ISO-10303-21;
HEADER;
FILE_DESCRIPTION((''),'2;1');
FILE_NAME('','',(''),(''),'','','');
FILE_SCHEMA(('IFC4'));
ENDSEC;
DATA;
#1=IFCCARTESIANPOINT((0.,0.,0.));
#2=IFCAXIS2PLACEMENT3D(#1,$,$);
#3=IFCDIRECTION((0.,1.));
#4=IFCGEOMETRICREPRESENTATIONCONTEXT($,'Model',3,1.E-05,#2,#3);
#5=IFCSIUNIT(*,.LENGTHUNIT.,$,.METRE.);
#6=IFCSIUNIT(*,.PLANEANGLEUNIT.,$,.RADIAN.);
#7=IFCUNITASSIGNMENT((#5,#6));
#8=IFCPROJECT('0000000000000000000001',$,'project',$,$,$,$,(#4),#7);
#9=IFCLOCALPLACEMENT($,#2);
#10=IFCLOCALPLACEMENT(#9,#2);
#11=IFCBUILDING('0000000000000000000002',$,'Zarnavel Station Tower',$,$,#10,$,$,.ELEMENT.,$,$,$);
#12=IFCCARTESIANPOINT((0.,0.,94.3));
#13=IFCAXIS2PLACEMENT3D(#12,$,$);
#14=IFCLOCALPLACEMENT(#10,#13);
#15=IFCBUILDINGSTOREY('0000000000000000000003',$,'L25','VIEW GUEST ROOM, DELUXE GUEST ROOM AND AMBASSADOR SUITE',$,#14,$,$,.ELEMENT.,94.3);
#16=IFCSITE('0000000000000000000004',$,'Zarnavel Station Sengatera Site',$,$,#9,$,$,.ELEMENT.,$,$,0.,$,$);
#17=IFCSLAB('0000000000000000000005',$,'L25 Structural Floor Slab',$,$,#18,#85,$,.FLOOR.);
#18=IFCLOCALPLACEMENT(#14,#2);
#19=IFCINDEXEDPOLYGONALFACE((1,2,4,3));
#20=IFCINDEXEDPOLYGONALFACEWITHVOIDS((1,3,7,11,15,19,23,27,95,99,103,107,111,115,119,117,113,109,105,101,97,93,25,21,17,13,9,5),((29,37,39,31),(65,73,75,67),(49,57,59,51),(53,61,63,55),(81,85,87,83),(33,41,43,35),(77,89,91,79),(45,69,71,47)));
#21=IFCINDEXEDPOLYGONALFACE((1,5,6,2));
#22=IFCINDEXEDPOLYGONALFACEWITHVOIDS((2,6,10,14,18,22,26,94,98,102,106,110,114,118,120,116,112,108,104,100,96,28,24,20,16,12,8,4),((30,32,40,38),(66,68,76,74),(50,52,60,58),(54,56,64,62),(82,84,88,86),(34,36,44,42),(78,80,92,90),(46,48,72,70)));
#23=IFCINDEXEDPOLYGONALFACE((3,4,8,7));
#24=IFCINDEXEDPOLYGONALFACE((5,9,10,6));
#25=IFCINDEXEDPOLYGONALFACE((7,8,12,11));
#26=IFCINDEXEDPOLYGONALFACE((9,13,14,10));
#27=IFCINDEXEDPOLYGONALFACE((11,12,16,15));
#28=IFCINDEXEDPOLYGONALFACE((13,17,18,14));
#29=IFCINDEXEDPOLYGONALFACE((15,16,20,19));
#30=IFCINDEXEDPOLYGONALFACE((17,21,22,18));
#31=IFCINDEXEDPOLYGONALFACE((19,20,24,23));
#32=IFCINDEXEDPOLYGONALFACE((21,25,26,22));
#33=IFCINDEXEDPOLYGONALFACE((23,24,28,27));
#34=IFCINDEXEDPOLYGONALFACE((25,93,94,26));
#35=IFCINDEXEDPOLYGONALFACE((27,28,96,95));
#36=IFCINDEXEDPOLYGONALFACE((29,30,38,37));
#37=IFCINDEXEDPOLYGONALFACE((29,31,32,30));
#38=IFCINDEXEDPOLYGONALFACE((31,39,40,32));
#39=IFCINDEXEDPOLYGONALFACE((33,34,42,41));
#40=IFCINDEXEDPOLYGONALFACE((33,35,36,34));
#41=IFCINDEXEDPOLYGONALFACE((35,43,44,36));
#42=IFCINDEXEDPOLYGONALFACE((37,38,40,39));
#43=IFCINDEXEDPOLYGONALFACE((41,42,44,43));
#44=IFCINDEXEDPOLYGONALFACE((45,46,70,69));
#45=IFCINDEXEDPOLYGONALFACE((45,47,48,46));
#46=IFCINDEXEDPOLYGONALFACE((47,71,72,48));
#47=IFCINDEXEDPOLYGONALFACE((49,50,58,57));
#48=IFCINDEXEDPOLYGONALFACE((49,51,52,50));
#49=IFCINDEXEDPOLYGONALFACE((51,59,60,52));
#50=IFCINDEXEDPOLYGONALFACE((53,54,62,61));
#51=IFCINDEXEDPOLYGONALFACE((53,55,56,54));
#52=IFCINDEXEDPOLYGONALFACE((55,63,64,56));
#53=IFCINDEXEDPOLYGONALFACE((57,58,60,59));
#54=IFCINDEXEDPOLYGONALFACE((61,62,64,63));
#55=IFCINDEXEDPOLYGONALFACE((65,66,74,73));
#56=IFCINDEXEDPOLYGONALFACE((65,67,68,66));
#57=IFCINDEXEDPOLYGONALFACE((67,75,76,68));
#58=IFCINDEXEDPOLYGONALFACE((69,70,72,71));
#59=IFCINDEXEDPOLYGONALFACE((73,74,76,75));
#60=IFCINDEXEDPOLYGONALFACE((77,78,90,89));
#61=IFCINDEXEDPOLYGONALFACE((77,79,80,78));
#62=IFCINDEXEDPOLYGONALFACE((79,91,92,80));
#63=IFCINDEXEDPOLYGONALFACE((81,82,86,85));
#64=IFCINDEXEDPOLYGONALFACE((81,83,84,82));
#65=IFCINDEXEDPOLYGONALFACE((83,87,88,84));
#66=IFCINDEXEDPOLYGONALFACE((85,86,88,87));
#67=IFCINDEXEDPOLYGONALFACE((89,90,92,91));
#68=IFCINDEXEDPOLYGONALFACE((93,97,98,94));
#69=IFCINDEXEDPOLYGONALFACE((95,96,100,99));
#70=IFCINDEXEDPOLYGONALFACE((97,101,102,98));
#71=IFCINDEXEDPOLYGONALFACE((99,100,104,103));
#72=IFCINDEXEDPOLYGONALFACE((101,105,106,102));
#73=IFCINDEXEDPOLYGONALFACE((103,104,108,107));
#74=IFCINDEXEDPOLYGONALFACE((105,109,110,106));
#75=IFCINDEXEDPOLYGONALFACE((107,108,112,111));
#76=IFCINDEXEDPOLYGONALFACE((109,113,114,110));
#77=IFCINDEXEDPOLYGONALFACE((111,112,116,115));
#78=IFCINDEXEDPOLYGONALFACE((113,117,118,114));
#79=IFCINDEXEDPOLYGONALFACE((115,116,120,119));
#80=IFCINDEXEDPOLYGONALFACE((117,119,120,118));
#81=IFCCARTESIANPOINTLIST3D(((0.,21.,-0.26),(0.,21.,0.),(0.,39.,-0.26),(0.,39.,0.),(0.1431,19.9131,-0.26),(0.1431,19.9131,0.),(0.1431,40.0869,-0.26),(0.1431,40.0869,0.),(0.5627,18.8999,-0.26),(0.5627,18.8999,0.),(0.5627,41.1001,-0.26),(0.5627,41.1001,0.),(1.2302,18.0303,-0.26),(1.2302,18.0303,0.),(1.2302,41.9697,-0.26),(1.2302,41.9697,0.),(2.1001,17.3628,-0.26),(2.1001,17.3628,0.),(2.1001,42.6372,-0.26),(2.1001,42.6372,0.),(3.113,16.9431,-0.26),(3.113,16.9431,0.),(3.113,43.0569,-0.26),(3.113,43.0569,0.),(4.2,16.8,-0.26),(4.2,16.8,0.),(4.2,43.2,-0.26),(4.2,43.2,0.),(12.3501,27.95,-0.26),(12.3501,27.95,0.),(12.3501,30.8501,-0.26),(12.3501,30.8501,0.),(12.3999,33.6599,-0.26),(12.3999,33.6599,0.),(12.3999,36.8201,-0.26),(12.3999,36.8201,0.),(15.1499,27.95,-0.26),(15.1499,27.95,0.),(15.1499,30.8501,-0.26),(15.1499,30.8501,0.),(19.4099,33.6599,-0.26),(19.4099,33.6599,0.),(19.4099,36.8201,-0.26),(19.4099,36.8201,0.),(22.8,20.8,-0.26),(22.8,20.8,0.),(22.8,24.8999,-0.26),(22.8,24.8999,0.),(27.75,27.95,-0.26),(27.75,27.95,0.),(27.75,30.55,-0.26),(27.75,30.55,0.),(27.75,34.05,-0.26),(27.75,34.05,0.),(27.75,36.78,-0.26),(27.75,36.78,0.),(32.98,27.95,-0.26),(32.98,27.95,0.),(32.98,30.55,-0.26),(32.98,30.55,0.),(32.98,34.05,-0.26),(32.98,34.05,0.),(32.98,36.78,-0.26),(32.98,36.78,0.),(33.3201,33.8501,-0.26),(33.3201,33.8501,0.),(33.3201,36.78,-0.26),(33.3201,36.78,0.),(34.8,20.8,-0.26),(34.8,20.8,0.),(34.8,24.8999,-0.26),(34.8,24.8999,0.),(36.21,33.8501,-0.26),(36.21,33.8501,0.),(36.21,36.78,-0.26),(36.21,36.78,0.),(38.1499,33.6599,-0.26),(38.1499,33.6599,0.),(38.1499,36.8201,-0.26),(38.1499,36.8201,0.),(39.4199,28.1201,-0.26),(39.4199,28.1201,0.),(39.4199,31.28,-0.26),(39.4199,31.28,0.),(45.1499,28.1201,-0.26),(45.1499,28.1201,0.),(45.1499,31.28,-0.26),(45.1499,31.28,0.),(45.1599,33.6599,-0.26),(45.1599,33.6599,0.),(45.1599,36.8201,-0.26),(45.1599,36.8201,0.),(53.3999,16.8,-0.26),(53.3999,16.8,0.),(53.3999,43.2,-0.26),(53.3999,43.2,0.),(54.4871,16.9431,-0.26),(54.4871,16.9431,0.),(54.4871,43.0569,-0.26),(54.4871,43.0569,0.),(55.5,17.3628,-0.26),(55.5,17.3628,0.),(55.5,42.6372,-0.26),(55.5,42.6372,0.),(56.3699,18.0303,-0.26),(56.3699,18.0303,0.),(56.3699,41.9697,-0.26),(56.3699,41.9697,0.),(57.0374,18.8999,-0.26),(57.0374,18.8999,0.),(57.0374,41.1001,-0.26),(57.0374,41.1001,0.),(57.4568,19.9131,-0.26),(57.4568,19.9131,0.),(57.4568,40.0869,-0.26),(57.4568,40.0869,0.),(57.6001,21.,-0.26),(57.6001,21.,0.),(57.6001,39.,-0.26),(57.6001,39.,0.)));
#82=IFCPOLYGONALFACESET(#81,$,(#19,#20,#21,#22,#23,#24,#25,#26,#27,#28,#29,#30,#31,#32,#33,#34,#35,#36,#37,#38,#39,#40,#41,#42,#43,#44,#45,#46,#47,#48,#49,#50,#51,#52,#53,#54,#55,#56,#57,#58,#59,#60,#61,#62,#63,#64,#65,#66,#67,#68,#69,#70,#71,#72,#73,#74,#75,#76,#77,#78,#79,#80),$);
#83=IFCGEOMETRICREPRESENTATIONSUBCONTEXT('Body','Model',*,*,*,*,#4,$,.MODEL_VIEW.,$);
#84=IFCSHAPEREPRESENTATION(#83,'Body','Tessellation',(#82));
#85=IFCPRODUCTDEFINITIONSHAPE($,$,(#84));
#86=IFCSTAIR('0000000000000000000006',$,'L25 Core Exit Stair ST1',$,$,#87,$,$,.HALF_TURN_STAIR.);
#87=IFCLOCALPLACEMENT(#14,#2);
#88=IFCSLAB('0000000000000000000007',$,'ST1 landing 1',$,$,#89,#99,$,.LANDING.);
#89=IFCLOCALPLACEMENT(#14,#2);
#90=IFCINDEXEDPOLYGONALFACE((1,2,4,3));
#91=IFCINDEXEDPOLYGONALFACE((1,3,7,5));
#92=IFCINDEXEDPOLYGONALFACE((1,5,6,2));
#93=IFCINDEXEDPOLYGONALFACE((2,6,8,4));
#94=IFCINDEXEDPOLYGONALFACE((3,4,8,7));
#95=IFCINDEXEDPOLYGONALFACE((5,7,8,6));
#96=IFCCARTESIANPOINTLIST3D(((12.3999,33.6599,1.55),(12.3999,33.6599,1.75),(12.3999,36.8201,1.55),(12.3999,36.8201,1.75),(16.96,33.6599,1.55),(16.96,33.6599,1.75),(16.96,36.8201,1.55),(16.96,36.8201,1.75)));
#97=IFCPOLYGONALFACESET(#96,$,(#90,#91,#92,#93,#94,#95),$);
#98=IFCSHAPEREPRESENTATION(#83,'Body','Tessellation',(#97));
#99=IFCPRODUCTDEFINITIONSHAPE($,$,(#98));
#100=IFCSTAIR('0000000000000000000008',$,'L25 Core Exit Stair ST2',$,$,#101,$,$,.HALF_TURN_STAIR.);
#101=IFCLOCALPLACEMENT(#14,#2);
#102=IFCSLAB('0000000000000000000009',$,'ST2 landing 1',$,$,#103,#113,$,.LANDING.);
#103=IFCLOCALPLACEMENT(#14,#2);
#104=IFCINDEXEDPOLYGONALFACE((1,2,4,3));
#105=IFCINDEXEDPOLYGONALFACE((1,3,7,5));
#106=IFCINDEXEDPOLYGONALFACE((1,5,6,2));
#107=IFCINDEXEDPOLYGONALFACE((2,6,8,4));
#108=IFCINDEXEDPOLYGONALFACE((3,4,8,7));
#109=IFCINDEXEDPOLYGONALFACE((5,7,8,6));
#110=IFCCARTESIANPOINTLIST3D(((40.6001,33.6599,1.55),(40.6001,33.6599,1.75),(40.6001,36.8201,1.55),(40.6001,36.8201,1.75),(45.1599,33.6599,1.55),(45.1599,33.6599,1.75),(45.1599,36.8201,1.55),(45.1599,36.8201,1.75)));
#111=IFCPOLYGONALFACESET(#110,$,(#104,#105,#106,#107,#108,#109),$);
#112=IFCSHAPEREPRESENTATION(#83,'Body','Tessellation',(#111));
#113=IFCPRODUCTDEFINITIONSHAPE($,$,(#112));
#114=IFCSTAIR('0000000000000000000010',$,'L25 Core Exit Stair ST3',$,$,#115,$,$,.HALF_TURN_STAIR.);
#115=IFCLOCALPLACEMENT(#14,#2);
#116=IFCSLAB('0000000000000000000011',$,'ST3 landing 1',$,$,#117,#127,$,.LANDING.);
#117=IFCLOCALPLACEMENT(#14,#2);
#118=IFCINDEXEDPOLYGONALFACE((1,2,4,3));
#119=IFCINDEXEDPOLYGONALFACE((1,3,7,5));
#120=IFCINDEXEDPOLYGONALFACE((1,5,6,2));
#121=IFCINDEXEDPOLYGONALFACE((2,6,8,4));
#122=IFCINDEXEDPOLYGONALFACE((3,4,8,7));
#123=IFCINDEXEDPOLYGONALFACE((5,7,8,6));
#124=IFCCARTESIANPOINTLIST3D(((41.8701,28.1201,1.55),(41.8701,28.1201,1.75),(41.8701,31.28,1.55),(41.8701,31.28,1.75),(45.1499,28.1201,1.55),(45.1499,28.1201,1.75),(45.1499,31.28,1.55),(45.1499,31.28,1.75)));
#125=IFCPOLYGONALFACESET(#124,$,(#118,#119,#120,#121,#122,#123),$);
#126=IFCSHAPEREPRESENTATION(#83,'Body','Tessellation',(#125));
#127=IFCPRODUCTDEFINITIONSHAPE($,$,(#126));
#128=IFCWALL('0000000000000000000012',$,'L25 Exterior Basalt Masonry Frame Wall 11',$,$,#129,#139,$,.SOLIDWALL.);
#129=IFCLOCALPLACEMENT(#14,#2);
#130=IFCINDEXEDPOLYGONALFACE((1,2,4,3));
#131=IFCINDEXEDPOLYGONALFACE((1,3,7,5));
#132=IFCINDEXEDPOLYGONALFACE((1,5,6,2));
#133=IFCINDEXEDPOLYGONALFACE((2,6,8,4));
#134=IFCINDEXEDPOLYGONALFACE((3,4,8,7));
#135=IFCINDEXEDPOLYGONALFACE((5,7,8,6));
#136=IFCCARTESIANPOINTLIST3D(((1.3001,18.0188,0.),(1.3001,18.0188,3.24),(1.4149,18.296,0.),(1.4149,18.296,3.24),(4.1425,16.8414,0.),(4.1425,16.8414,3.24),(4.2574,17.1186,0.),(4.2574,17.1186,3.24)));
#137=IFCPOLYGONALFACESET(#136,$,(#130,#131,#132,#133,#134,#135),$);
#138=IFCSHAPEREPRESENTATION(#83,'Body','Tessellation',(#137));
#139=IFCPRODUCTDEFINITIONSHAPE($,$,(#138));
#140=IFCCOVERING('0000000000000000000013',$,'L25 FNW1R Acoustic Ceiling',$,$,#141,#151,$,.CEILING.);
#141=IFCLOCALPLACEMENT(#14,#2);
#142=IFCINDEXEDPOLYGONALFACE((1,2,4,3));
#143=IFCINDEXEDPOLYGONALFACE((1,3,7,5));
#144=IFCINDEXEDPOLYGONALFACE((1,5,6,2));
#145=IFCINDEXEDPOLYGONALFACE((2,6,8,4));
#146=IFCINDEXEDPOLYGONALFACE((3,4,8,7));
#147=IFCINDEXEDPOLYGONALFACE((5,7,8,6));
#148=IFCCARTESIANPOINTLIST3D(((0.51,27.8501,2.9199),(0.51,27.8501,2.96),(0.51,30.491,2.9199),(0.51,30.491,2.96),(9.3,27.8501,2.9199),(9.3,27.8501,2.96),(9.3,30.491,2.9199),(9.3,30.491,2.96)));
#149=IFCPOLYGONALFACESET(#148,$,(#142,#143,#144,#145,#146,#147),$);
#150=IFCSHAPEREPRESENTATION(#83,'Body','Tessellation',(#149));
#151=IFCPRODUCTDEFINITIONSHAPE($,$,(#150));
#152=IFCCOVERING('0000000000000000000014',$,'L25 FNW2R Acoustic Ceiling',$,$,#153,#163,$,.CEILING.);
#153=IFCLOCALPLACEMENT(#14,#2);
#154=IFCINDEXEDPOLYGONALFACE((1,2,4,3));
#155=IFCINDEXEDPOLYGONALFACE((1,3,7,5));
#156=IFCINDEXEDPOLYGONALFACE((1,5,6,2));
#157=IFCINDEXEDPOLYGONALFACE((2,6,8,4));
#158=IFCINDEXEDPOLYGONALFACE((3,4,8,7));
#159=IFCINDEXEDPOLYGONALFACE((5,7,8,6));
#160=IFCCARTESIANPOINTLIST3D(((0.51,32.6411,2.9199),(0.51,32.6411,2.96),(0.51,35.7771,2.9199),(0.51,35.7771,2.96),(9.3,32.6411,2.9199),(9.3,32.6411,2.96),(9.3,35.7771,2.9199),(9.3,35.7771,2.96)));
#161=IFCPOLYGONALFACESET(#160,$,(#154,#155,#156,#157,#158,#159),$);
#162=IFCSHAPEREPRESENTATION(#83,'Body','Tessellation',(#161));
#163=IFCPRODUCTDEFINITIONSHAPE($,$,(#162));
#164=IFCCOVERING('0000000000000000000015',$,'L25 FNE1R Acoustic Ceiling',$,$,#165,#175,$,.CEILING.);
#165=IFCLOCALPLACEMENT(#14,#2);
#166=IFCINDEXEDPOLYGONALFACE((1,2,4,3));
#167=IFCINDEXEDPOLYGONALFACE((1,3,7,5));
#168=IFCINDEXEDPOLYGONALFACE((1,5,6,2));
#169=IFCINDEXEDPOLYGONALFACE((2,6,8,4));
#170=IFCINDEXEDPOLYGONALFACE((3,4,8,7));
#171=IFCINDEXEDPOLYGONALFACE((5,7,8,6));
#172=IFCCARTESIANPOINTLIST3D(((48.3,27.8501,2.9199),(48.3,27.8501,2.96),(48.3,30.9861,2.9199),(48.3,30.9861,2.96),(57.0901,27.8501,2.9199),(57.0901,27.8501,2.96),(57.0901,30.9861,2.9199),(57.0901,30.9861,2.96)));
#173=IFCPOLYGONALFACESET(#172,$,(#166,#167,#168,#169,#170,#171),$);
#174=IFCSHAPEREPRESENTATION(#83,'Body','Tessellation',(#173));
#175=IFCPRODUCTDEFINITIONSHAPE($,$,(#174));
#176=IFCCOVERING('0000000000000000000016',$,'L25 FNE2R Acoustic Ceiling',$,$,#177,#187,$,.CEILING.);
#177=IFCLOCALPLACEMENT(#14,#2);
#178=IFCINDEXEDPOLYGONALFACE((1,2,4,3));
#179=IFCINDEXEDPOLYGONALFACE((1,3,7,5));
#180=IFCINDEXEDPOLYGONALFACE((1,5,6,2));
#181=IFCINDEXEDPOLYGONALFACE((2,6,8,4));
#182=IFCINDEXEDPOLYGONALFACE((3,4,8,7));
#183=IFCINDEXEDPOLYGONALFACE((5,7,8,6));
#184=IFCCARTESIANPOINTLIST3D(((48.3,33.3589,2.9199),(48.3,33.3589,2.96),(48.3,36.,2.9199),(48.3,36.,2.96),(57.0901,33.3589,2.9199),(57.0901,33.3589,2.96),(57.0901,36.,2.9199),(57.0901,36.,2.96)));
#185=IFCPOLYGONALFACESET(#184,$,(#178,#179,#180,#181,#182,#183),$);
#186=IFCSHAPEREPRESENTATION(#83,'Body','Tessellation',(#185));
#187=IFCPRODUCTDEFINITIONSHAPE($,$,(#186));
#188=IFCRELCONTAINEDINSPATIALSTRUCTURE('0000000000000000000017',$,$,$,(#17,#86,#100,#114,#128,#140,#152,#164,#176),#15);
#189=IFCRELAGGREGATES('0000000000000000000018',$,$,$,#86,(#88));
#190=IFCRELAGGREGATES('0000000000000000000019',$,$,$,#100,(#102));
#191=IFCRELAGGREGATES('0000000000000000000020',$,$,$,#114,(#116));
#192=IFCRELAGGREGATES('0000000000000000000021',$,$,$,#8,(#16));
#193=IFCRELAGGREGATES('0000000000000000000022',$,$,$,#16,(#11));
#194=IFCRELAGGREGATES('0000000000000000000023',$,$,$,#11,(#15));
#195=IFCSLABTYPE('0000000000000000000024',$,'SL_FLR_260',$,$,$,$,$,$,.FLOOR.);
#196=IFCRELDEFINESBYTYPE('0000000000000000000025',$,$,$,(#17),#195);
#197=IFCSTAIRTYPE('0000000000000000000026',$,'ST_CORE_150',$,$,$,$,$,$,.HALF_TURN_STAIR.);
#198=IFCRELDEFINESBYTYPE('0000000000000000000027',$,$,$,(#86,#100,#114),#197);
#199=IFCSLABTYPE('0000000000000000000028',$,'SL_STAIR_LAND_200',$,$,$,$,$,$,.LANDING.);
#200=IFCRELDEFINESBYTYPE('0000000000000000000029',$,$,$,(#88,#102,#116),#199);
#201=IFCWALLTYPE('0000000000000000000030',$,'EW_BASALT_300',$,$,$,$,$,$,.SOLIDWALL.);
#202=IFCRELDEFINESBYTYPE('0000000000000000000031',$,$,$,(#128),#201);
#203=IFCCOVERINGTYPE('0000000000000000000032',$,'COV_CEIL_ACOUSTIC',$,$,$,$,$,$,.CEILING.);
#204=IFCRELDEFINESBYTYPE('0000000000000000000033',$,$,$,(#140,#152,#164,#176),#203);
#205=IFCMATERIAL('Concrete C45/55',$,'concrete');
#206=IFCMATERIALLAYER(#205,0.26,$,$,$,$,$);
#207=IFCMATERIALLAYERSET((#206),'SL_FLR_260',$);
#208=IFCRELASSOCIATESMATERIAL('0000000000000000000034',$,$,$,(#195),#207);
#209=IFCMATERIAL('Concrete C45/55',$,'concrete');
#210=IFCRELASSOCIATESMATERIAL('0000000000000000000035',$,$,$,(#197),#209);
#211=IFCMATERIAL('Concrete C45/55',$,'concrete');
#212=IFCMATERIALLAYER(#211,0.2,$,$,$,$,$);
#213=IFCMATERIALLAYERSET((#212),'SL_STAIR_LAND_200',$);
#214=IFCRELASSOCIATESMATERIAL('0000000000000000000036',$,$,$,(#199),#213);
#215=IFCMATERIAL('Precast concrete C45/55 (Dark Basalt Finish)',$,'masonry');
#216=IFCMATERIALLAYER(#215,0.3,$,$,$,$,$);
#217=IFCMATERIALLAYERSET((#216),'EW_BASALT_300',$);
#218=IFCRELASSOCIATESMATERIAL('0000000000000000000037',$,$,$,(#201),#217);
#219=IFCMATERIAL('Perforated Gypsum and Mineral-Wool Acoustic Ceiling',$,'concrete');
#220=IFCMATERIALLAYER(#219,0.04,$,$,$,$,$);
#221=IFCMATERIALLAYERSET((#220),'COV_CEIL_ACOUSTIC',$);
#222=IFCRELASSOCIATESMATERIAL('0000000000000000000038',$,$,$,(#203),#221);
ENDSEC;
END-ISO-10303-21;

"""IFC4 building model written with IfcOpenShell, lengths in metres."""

from ifc_helpers import new_model, si_unit, direction, frame, frame_2d, origin, place, context, subcontext, project, spatial, polyline, rectangle, outline, extrude, material, layer, layer_set, type_object, element, aggregate, save


model = new_model("IFC4")

# Units and contexts
model_context = context("Model", 3, precision=1e-05, world=origin(), true_north=direction((0.0, 1.0)))
body_context = subcontext(model_context, "Body", "Model", "MODEL_VIEW")
ifc_project = project(units=[si_unit("LENGTHUNIT", "METRE"), si_unit("PLANEANGLEUNIT", "RADIAN")], contexts=[model_context])

# Site, building, storey
site_placement = place(None, origin())
site = spatial("IfcSite", under=ifc_project, at=site_placement, Name="Zarnavel Station Sengatera Site", CompositionType="ELEMENT", RefElevation=0.0)
building_placement = place(site_placement, origin())
building = spatial("IfcBuilding", under=site, at=building_placement, Name="Zarnavel Station Tower", CompositionType="ELEMENT")
storey_placement = place(building_placement, frame((0.0, 0.0, 94.3)))
storey = spatial("IfcBuildingStorey", under=building, at=storey_placement, Name="L25", Description="VIEW GUEST ROOM, DELUXE GUEST ROOM AND AMBASSADOR SUITE", CompositionType="ELEMENT", Elevation=94.3)

# Slab
ifc_material_1 = material(Name="Concrete C45/55", Category="concrete")
ifc_layer_1 = layer(ifc_material_1, 0.26)
ifc_layer_set_1 = layer_set([ifc_layer_1], Name="SL_FLR_260")
slab_type_1 = type_object("IfcSlabType", Name="SL_FLR_260", PredefinedType="FLOOR", material=ifc_layer_set_1)
slab_1_placement = place(storey_placement, frame((0.0, 0.0, -0.26)))
element("IfcSlab", 1, at=slab_1_placement, inside=storey, type_object=slab_type_1, Name="L25 Structural Floor Slab", PredefinedType="FLOOR", context=body_context, shape_type="SweptSolid", body=[
    extrude(outline(polyline([(53.3999, 16.8), (54.4871, 16.9431), (55.5, 17.3628), (56.3699, 18.0303), (57.0374, 18.8999), (57.4568, 19.9131), (57.6001, 21.0), (57.6001, 39.0), (57.4568, 40.0869), (57.0374, 41.1001), (56.3699, 41.9697), (55.5, 42.6372), (54.4871, 43.0569), (53.3999, 43.2), (4.2, 43.2), (3.113, 43.0569), (2.1001, 42.6372), (1.2302, 41.9697), (0.5627, 41.1001), (0.1431, 40.0869), (0.0, 39.0), (0.0, 21.0), (0.1431, 19.9131), (0.5627, 18.8999), (1.2302, 18.0303), (2.1001, 17.3628), (3.113, 16.9431), (4.2, 16.8), (53.3999, 16.8)]), holes=[polyline([(12.3999, 33.6599), (19.4099, 33.6599), (19.4099, 36.8201), (12.3999, 36.8201), (12.3999, 33.6599)]), polyline([(38.1499, 33.6599), (45.1599, 33.6599), (45.1599, 36.8201), (38.1499, 36.8201), (38.1499, 33.6599)]), polyline([(39.4199, 28.1201), (45.1499, 28.1201), (45.1499, 31.28), (39.4199, 31.28), (39.4199, 28.1201)]), polyline([(12.3501, 27.95), (15.1499, 27.95), (15.1499, 30.8501), (12.3501, 30.8501), (12.3501, 27.95)]), polyline([(33.3201, 33.8501), (36.21, 33.8501), (36.21, 36.78), (33.3201, 36.78), (33.3201, 33.8501)]), polyline([(27.75, 34.05), (32.98, 34.05), (32.98, 36.78), (27.75, 36.78), (27.75, 34.05)]), polyline([(27.75, 27.95), (32.98, 27.95), (32.98, 30.55), (27.75, 30.55), (27.75, 27.95)]), polyline([(22.8, 20.8), (34.8, 20.8), (34.8, 24.8999), (22.8, 24.8999), (22.8, 20.8)])]), origin(), (0.0, 0.0, 1.0), 0.26),
])

# Stairs, slabs
ifc_material_2 = material(Name="Concrete C45/55", Category="concrete")
stair_type = type_object("IfcStairType", Name="ST_CORE_150", PredefinedType="HALF_TURN_STAIR", material=ifc_material_2)
stair_1_placement = place(storey_placement, origin())
stair_1 = element("IfcStair", 2, at=stair_1_placement, inside=storey, type_object=stair_type, Name="L25 Core Exit Stair ST1", PredefinedType="HALF_TURN_STAIR")
ifc_material_3 = material(Name="Concrete C45/55", Category="concrete")
ifc_layer_2 = layer(ifc_material_3, 0.2)
ifc_layer_set_2 = layer_set([ifc_layer_2], Name="SL_STAIR_LAND_200")
slab_type_2 = type_object("IfcSlabType", Name="SL_STAIR_LAND_200", PredefinedType="LANDING", material=ifc_layer_set_2)
slab_2_placement = place(storey_placement, frame((0.0, 0.0, 1.55)))
slab_2 = element("IfcSlab", 3, at=slab_2_placement, type_object=slab_type_2, Name="ST1 landing 1", PredefinedType="LANDING", context=body_context, shape_type="SweptSolid", body=[
    extrude(outline(polyline([(16.96, 36.8201), (12.3999, 36.8201), (12.3999, 33.6599), (16.96, 33.6599), (16.96, 36.8201)])), origin(), (0.0, 0.0, 1.0), 0.2),
])
aggregate(stair_1, [slab_2])
stair_2_placement = place(storey_placement, origin())
stair_2 = element("IfcStair", 4, at=stair_2_placement, inside=storey, type_object=stair_type, Name="L25 Core Exit Stair ST2", PredefinedType="HALF_TURN_STAIR")
slab_3_placement = place(storey_placement, frame((0.0, 0.0, 1.55)))
slab_3 = element("IfcSlab", 5, at=slab_3_placement, type_object=slab_type_2, Name="ST2 landing 1", PredefinedType="LANDING", context=body_context, shape_type="SweptSolid", body=[
    extrude(outline(polyline([(40.6001, 33.6599), (45.1599, 33.6599), (45.1599, 36.8201), (40.6001, 36.8201), (40.6001, 33.6599)])), origin(), (0.0, 0.0, 1.0), 0.2),
])
aggregate(stair_2, [slab_3])
stair_3_placement = place(storey_placement, origin())
stair_3 = element("IfcStair", 6, at=stair_3_placement, inside=storey, type_object=stair_type, Name="L25 Core Exit Stair ST3", PredefinedType="HALF_TURN_STAIR")
slab_4_placement = place(storey_placement, frame((0.0, 0.0, 1.55)))
slab_4 = element("IfcSlab", 7, at=slab_4_placement, type_object=slab_type_2, Name="ST3 landing 1", PredefinedType="LANDING", context=body_context, shape_type="SweptSolid", body=[
    extrude(outline(polyline([(41.8701, 28.1201), (45.1499, 28.1201), (45.1499, 31.28), (41.8701, 31.28), (41.8701, 28.1201)])), origin(), (0.0, 0.0, 1.0), 0.2),
])
aggregate(stair_3, [slab_4])

# Wall
ifc_material_4 = material(Name="Precast concrete C45/55 (Dark Basalt Finish)", Category="masonry")
ifc_layer_3 = layer(ifc_material_4, 0.3)
ifc_layer_set_3 = layer_set([ifc_layer_3], Name="EW_BASALT_300")
wall_type = type_object("IfcWallType", Name="EW_BASALT_300", PredefinedType="SOLIDWALL", material=ifc_layer_set_3)
wall_placement = place(storey_placement, frame((4.2, 16.98, 0.0), z_axis=(0.0, 0.0, 1.0), x_axis=(-0.923871, 0.382705, 0.0)))
element("IfcWall", 8, at=wall_placement, inside=storey, type_object=wall_type, Name="L25 Exterior Basalt Masonry Frame Wall 11", PredefinedType="SOLIDWALL", context=body_context, shape_type="SweptSolid", body=[
    extrude(rectangle(XDim=3.0767, YDim=0.3, at=frame_2d((1.5383, 0.0))), origin(), (0.0, 0.0, 1.0), 3.24),
])

# Coverings
ifc_material_5 = material(Name="Perforated Gypsum and Mineral-Wool Acoustic Ceiling", Category="concrete")
ifc_layer_4 = layer(ifc_material_5, 0.04)
ifc_layer_set_4 = layer_set([ifc_layer_4], Name="COV_CEIL_ACOUSTIC")
covering_type_1 = type_object("IfcCoveringType", Name="COV_CEIL_ACOUSTIC", PredefinedType="CEILING", material=ifc_layer_set_4)
covering_1_placement = place(storey_placement, frame((0.0, 0.0, 2.9199)))
element("IfcCovering", 9, at=covering_1_placement, inside=storey, type_object=covering_type_1, Name="L25 FNW1R Acoustic Ceiling", PredefinedType="CEILING", context=body_context, shape_type="SweptSolid", body=[
    extrude(outline(polyline([(0.51, 27.8501), (9.3, 27.8501), (9.3, 30.491), (0.51, 30.491), (0.51, 27.8501)])), origin(), (0.0, 0.0, 1.0), 0.04),
])
covering_2_placement = place(storey_placement, frame((0.0, 0.0, 2.9199)))
element("IfcCovering", 10, at=covering_2_placement, inside=storey, type_object=covering_type_1, Name="L25 FNW2R Acoustic Ceiling", PredefinedType="CEILING", context=body_context, shape_type="SweptSolid", body=[
    extrude(outline(polyline([(0.51, 32.6411), (9.3, 32.6411), (9.3, 35.7771), (0.51, 35.7771), (0.51, 32.6411)])), origin(), (0.0, 0.0, 1.0), 0.04),
])
covering_3_placement = place(storey_placement, frame((0.0, 0.0, 2.9199)))
element("IfcCovering", 11, at=covering_3_placement, inside=storey, type_object=covering_type_1, Name="L25 FNE1R Acoustic Ceiling", PredefinedType="CEILING", context=body_context, shape_type="SweptSolid", body=[
    extrude(outline(polyline([(48.3, 27.8501), (57.0901, 27.8501), (57.0901, 30.9861), (48.3, 30.9861), (48.3, 27.8501)])), origin(), (0.0, 0.0, 1.0), 0.04),
])
covering_4_placement = place(storey_placement, frame((0.0, 0.0, 2.9199)))
element("IfcCovering", 12, at=covering_4_placement, inside=storey, type_object=covering_type_1, Name="L25 FNE2R Acoustic Ceiling", PredefinedType="CEILING", context=body_context, shape_type="SweptSolid", body=[
    extrude(outline(polyline([(48.3, 33.3589), (57.0901, 33.3589), (57.0901, 36.0), (48.3, 36.0), (48.3, 33.3589)])), origin(), (0.0, 0.0, 1.0), 0.04),
])

save(model, "model.ifc")
